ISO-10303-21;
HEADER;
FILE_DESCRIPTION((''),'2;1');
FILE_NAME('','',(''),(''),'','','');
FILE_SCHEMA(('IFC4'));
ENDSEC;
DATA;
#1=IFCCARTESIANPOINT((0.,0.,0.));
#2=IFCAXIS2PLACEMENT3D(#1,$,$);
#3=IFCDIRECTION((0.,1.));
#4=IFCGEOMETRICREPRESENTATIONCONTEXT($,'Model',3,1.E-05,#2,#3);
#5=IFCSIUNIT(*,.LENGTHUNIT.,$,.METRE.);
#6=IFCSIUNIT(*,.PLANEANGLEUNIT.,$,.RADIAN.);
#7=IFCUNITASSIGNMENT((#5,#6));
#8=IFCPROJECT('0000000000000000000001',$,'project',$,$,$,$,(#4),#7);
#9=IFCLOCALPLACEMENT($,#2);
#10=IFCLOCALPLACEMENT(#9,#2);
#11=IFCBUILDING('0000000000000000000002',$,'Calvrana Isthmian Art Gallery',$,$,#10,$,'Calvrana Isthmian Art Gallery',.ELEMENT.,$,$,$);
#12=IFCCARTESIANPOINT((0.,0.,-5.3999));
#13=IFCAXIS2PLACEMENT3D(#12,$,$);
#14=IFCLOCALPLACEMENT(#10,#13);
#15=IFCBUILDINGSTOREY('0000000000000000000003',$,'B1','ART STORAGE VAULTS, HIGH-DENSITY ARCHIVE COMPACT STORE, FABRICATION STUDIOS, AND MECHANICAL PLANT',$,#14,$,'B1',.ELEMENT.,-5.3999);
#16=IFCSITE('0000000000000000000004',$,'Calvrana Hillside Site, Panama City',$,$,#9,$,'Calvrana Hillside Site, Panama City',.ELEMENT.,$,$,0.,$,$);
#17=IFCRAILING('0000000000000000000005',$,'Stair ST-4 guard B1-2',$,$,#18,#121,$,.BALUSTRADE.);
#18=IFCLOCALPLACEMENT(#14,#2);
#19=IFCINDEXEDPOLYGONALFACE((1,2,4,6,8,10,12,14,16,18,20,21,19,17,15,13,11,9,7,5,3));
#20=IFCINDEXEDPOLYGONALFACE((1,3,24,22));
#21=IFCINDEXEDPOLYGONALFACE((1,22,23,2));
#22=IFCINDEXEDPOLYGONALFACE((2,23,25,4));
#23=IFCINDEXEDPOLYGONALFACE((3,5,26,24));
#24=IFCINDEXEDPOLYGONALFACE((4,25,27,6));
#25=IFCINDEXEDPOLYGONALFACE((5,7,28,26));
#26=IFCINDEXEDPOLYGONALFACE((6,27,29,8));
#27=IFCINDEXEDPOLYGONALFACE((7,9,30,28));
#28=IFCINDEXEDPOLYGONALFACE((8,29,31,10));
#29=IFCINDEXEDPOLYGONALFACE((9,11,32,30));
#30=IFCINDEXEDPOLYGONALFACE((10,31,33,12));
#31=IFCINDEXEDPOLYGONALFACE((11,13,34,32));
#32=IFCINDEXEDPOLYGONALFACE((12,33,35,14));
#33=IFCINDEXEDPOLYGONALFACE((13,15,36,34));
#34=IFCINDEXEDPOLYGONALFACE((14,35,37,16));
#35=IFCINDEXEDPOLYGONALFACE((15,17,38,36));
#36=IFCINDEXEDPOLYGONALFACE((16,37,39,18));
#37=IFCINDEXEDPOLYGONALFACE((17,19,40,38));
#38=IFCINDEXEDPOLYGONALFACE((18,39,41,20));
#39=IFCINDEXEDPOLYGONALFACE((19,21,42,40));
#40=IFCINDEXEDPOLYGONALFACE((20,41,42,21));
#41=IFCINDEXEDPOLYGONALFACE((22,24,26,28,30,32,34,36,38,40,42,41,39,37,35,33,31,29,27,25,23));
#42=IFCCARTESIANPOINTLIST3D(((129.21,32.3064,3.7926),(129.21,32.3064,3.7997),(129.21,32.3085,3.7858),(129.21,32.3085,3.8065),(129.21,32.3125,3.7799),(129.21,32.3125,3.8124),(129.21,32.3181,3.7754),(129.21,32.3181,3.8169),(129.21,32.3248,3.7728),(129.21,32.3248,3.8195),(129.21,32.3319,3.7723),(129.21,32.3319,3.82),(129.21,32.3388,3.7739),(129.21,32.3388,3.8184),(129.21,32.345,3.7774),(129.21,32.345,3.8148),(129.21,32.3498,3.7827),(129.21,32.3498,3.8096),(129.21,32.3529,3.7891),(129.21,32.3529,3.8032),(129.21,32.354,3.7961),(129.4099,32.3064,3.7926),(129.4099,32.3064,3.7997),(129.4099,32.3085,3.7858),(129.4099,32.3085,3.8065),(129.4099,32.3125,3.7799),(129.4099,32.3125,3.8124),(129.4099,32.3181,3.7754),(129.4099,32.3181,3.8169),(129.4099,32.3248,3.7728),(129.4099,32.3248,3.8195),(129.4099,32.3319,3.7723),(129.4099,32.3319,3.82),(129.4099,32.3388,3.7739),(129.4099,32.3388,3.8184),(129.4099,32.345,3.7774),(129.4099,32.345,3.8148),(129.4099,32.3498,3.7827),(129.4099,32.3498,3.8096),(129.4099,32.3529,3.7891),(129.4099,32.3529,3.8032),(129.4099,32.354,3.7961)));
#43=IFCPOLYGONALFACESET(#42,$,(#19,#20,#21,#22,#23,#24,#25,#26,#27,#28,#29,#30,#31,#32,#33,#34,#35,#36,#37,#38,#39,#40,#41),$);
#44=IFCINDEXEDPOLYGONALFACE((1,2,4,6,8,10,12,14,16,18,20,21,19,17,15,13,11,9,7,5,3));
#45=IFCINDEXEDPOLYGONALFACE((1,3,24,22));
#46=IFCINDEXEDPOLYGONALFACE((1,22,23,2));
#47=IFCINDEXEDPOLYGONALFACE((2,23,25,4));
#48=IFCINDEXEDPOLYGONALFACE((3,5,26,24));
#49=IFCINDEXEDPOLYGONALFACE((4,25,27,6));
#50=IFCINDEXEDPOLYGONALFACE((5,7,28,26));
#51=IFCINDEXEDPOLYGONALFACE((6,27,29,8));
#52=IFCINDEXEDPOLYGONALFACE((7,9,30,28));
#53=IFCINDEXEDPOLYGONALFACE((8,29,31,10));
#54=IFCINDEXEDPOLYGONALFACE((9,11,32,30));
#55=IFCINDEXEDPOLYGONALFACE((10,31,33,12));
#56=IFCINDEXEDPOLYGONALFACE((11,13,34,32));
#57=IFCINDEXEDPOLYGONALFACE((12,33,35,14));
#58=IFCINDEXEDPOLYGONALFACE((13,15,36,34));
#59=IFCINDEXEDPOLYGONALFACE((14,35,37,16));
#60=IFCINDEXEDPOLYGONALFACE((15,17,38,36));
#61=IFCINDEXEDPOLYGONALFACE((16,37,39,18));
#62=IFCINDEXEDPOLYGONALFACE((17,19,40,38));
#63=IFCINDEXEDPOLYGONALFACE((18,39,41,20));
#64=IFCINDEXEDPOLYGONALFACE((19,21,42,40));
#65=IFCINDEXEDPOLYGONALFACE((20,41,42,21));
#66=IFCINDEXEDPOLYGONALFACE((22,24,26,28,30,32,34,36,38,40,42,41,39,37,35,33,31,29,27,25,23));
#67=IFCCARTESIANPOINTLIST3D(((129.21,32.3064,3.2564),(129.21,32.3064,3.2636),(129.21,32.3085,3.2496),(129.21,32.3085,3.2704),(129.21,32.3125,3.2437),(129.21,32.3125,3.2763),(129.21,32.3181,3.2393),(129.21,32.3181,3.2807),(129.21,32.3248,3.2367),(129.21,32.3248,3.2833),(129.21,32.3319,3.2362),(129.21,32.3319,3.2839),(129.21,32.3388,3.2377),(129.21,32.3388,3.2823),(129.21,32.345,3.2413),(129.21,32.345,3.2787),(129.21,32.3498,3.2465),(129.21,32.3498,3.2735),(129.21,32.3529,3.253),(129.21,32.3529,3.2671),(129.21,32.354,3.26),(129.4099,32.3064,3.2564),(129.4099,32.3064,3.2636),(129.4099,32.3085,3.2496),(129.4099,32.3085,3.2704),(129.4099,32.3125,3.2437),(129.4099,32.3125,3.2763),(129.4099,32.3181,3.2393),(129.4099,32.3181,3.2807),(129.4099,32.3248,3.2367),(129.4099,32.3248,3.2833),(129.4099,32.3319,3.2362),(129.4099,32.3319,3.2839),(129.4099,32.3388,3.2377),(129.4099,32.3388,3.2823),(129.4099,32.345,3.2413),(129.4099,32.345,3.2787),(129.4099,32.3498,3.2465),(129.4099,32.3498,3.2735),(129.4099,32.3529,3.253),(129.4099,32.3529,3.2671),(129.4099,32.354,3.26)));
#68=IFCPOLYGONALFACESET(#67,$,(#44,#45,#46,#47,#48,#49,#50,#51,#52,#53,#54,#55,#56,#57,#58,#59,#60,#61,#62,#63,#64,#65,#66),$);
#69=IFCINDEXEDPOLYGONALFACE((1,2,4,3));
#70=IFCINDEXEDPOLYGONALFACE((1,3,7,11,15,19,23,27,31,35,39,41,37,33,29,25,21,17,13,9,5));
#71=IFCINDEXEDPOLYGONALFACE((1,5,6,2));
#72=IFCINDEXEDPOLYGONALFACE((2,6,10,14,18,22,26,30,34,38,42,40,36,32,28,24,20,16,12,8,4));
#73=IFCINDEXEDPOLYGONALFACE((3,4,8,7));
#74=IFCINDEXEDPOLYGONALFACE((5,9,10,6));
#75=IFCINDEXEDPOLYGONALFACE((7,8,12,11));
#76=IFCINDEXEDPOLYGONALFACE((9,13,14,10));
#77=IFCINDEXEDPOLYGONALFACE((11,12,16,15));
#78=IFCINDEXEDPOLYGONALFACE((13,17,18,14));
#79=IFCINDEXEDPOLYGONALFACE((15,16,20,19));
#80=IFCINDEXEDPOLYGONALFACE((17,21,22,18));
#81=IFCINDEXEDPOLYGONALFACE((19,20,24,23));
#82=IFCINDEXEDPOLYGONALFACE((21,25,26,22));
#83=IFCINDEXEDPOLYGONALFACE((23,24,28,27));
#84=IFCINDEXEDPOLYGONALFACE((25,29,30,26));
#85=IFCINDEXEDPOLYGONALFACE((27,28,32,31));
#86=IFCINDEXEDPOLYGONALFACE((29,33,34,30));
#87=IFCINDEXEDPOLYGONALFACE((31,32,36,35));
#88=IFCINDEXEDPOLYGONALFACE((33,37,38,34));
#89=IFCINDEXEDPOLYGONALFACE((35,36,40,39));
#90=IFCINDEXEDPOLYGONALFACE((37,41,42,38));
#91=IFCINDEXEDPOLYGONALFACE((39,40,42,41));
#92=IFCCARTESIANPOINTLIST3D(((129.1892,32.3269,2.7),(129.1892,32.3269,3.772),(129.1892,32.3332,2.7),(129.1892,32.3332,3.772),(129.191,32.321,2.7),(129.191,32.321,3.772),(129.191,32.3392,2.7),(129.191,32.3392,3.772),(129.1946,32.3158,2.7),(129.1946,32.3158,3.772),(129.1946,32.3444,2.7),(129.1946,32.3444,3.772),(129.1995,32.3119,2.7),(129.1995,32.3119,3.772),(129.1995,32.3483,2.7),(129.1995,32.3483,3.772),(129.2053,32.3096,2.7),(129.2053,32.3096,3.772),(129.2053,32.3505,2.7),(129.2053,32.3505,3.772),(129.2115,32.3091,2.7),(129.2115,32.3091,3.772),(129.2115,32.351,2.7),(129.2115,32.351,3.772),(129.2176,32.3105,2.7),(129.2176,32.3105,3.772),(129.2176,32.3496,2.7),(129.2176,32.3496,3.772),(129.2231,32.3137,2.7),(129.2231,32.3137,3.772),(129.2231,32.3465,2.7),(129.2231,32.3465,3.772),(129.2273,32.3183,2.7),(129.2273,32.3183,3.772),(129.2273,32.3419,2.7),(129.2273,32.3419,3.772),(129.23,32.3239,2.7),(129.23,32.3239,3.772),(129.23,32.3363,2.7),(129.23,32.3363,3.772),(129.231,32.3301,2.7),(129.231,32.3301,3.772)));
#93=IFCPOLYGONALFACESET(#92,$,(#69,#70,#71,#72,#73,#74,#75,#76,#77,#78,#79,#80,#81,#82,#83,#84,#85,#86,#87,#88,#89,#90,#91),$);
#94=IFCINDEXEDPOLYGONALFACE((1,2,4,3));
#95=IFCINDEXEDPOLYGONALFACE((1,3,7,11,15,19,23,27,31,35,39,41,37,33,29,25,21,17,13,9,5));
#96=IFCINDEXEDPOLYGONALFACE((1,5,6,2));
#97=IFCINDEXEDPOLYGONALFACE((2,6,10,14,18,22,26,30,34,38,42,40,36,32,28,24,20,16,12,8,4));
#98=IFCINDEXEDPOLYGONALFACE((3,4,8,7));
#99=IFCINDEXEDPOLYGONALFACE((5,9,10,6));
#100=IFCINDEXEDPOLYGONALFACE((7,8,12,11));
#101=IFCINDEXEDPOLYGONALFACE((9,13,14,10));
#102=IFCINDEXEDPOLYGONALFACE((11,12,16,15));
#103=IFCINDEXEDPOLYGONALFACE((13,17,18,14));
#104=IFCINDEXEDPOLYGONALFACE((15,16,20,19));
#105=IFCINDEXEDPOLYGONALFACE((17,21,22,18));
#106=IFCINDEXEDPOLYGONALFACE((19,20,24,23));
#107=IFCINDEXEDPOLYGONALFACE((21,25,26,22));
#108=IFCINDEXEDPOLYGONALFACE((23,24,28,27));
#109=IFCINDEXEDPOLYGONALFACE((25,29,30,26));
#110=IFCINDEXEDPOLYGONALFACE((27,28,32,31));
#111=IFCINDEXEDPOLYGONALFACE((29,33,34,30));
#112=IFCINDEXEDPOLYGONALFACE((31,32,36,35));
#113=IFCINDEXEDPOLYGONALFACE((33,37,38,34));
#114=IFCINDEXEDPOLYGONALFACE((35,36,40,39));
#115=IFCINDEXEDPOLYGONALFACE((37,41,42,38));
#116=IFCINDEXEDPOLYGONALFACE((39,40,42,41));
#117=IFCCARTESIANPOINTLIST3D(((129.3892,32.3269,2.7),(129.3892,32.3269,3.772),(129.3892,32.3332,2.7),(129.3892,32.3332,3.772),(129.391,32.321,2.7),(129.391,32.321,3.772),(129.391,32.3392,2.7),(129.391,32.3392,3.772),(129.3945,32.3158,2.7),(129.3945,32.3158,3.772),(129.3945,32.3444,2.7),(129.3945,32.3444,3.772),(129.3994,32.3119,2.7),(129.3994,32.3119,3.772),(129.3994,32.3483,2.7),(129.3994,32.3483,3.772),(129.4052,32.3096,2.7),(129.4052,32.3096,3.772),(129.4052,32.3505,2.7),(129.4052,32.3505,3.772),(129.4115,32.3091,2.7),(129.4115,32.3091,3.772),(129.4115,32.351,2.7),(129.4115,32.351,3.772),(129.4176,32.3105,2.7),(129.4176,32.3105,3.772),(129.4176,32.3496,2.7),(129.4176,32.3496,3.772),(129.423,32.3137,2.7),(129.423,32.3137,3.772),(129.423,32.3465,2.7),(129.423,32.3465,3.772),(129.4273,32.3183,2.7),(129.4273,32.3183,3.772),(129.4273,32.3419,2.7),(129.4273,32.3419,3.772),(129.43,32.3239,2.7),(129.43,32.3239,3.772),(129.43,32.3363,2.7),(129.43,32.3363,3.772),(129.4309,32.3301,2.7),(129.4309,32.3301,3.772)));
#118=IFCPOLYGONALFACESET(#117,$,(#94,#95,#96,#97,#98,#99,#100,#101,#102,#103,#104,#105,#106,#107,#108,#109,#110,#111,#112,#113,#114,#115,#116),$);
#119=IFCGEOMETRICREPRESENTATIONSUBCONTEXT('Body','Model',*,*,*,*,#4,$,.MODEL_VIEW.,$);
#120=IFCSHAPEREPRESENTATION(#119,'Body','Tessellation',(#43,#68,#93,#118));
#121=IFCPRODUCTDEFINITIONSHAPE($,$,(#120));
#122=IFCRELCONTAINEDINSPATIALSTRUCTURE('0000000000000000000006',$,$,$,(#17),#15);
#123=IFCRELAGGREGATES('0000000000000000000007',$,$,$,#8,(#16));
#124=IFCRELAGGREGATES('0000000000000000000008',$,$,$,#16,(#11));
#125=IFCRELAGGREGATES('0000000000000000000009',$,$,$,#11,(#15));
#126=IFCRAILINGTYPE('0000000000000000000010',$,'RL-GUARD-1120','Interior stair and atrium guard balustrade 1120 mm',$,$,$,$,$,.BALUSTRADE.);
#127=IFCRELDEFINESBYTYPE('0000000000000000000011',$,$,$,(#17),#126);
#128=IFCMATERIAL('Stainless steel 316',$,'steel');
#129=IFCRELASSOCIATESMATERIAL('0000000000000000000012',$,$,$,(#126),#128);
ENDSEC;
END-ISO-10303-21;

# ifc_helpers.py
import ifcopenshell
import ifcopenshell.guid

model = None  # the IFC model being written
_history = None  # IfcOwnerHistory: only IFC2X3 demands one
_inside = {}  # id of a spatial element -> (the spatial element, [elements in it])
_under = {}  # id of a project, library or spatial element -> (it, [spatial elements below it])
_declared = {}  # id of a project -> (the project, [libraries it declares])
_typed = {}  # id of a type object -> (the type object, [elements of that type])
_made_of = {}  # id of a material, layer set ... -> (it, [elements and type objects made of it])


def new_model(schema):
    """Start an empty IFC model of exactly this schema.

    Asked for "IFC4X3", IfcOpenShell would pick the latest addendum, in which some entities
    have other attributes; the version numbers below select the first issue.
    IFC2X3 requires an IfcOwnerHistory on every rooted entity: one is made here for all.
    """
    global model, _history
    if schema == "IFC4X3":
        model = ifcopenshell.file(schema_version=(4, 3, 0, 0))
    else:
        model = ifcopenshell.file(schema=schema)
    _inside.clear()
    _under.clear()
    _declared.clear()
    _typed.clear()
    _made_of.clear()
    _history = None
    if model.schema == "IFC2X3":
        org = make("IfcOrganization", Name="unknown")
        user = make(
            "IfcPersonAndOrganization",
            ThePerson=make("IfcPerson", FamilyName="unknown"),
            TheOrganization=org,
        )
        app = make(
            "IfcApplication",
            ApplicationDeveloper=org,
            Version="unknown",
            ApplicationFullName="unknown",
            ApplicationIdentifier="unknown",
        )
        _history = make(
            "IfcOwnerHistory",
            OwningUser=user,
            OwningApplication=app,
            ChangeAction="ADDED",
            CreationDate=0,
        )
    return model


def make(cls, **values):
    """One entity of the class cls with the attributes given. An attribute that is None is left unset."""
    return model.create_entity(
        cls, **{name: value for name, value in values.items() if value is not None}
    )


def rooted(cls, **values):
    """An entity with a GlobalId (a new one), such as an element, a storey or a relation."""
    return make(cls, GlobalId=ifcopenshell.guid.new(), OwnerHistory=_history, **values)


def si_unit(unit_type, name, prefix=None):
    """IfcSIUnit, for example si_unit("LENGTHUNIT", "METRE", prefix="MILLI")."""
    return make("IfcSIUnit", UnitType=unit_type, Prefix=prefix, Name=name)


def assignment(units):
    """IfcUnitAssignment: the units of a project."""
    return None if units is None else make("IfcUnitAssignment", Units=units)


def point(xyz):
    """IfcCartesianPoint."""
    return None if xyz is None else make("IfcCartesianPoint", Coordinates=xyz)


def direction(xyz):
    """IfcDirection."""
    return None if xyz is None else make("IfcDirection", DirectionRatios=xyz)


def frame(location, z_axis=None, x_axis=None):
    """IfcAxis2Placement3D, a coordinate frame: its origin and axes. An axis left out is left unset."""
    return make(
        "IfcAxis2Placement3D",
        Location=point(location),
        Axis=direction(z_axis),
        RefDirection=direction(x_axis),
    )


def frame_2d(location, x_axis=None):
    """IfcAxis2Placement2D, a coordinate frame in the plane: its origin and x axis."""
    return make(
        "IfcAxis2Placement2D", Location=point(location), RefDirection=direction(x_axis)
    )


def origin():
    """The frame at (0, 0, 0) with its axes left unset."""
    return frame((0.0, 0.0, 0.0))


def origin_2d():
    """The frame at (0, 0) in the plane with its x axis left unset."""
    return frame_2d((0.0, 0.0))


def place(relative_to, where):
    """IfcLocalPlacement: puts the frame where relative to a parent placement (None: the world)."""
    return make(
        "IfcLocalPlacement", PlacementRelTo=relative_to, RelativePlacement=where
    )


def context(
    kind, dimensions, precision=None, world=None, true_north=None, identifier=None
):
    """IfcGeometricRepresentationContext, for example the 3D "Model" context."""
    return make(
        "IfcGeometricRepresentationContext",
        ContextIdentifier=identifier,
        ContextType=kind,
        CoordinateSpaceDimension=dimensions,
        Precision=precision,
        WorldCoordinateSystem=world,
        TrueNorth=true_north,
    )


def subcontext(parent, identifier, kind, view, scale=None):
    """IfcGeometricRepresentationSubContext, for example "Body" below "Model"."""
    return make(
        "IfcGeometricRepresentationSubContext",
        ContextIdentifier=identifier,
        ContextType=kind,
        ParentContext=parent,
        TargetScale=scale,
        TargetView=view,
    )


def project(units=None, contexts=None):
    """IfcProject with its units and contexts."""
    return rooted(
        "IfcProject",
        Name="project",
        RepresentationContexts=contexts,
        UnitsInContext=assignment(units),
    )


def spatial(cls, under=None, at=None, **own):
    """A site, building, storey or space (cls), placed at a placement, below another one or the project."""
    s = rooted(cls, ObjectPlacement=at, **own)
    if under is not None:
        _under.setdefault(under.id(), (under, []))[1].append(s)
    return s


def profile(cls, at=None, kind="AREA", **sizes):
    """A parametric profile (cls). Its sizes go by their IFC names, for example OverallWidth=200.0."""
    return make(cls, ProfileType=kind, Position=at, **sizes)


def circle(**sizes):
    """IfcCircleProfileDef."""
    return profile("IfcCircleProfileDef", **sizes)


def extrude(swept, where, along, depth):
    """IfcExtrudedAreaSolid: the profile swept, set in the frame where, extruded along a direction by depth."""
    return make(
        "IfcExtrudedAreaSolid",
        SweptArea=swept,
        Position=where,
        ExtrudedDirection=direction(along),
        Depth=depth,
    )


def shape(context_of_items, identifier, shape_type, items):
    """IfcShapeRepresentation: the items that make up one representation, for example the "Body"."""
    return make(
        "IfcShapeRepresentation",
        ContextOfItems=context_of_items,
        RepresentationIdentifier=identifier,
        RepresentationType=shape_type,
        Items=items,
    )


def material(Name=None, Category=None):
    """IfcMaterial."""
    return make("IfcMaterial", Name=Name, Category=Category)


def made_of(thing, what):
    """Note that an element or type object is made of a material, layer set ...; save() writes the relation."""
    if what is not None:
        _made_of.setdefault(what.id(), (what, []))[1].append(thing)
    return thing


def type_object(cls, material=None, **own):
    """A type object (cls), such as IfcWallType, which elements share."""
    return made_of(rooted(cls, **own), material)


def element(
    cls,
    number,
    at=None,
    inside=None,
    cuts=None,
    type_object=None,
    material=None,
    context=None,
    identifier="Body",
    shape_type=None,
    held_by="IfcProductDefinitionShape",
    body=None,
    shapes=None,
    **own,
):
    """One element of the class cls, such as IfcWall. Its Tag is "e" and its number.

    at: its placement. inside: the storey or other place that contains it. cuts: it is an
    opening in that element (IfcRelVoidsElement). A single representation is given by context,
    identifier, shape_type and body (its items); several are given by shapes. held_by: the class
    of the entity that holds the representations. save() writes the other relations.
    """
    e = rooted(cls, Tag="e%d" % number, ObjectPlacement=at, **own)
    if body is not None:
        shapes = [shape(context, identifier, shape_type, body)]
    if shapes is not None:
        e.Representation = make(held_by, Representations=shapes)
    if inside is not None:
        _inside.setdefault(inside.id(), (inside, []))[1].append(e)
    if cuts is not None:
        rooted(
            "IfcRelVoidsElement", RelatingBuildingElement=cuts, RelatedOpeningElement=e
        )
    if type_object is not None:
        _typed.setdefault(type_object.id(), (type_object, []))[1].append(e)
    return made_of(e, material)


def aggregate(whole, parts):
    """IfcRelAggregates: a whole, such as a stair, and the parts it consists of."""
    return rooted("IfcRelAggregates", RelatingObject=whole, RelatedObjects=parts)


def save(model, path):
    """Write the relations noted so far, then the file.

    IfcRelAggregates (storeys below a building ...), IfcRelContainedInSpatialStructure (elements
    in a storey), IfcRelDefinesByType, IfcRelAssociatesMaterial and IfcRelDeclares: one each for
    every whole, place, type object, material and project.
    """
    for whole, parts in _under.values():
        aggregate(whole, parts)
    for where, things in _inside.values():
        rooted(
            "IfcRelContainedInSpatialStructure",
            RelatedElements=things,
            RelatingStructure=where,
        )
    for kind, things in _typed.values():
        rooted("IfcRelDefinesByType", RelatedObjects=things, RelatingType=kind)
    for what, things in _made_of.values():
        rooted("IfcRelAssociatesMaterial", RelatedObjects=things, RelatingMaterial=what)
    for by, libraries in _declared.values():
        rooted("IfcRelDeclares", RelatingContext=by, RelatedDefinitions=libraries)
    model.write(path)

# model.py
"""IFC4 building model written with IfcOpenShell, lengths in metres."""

from ifc_helpers import new_model, si_unit, direction, frame, origin, origin_2d, place, context, subcontext, project, spatial, circle, extrude, material, type_object, element, save


model = new_model("IFC4")

# Units and contexts
model_context = context("Model", 3, precision=1e-05, world=origin(), true_north=direction((0.0, 1.0)))
body_context = subcontext(model_context, "Body", "Model", "MODEL_VIEW")
ifc_project = project(units=[si_unit("LENGTHUNIT", "METRE"), si_unit("PLANEANGLEUNIT", "RADIAN")], contexts=[model_context])

# Site, building, storey
site_placement = place(None, origin())
site = spatial("IfcSite", under=ifc_project, at=site_placement, Name="Calvrana Hillside Site, Panama City", LongName="Calvrana Hillside Site, Panama City", CompositionType="ELEMENT", RefElevation=0.0)
building_placement = place(site_placement, origin())
building = spatial("IfcBuilding", under=site, at=building_placement, Name="Calvrana Isthmian Art Gallery", LongName="Calvrana Isthmian Art Gallery", CompositionType="ELEMENT")
storey_placement = place(building_placement, frame((0.0, 0.0, -5.3999)))
storey = spatial("IfcBuildingStorey", under=building, at=storey_placement, Name="B1", Description="ART STORAGE VAULTS, HIGH-DENSITY ARCHIVE COMPACT STORE, FABRICATION STUDIOS, AND MECHANICAL PLANT", LongName="B1", CompositionType="ELEMENT", Elevation=-5.3999)

# Shared definitions
ifc_material_1 = material(Name="Stainless steel 316", Category="steel")

# Railing
railing_type_1 = type_object("IfcRailingType", Name="RL-GUARD-1120", Description="Interior stair and atrium guard balustrade 1120 mm", PredefinedType="BALUSTRADE", material=ifc_material_1)
railing_1_placement = place(storey_placement, frame((129.21, 32.3301, 2.7)))
element("IfcRailing", 1, at=railing_1_placement, inside=storey, type_object=railing_type_1, Name="Stair ST-4 guard B1-2", PredefinedType="BALUSTRADE", context=body_context, shape_type="SweptSolid", body=[
    extrude(circle(Radius=0.0239, at=origin_2d()), frame((0.0, 0.0, 1.0962), z_axis=(1.0, 0.0, 0.0), x_axis=(0.0, 1.0, 0.0)), (0.0, 0.0, 1.0), 0.2),
    extrude(circle(Radius=0.0239, at=origin_2d()), frame((0.0, 0.0, 0.5601), z_axis=(1.0, 0.0, 0.0), x_axis=(0.0, 1.0, 0.0)), (0.0, 0.0, 1.0), 0.2),
    extrude(circle(Radius=0.021, at=origin_2d()), origin(), (0.0, 0.0, 1.0), 1.072),
    extrude(circle(Radius=0.021, at=origin_2d()), frame((0.2, 0.0, 0.0)), (0.0, 0.0, 1.0), 1.072),
])

save(model, "model.ifc")
